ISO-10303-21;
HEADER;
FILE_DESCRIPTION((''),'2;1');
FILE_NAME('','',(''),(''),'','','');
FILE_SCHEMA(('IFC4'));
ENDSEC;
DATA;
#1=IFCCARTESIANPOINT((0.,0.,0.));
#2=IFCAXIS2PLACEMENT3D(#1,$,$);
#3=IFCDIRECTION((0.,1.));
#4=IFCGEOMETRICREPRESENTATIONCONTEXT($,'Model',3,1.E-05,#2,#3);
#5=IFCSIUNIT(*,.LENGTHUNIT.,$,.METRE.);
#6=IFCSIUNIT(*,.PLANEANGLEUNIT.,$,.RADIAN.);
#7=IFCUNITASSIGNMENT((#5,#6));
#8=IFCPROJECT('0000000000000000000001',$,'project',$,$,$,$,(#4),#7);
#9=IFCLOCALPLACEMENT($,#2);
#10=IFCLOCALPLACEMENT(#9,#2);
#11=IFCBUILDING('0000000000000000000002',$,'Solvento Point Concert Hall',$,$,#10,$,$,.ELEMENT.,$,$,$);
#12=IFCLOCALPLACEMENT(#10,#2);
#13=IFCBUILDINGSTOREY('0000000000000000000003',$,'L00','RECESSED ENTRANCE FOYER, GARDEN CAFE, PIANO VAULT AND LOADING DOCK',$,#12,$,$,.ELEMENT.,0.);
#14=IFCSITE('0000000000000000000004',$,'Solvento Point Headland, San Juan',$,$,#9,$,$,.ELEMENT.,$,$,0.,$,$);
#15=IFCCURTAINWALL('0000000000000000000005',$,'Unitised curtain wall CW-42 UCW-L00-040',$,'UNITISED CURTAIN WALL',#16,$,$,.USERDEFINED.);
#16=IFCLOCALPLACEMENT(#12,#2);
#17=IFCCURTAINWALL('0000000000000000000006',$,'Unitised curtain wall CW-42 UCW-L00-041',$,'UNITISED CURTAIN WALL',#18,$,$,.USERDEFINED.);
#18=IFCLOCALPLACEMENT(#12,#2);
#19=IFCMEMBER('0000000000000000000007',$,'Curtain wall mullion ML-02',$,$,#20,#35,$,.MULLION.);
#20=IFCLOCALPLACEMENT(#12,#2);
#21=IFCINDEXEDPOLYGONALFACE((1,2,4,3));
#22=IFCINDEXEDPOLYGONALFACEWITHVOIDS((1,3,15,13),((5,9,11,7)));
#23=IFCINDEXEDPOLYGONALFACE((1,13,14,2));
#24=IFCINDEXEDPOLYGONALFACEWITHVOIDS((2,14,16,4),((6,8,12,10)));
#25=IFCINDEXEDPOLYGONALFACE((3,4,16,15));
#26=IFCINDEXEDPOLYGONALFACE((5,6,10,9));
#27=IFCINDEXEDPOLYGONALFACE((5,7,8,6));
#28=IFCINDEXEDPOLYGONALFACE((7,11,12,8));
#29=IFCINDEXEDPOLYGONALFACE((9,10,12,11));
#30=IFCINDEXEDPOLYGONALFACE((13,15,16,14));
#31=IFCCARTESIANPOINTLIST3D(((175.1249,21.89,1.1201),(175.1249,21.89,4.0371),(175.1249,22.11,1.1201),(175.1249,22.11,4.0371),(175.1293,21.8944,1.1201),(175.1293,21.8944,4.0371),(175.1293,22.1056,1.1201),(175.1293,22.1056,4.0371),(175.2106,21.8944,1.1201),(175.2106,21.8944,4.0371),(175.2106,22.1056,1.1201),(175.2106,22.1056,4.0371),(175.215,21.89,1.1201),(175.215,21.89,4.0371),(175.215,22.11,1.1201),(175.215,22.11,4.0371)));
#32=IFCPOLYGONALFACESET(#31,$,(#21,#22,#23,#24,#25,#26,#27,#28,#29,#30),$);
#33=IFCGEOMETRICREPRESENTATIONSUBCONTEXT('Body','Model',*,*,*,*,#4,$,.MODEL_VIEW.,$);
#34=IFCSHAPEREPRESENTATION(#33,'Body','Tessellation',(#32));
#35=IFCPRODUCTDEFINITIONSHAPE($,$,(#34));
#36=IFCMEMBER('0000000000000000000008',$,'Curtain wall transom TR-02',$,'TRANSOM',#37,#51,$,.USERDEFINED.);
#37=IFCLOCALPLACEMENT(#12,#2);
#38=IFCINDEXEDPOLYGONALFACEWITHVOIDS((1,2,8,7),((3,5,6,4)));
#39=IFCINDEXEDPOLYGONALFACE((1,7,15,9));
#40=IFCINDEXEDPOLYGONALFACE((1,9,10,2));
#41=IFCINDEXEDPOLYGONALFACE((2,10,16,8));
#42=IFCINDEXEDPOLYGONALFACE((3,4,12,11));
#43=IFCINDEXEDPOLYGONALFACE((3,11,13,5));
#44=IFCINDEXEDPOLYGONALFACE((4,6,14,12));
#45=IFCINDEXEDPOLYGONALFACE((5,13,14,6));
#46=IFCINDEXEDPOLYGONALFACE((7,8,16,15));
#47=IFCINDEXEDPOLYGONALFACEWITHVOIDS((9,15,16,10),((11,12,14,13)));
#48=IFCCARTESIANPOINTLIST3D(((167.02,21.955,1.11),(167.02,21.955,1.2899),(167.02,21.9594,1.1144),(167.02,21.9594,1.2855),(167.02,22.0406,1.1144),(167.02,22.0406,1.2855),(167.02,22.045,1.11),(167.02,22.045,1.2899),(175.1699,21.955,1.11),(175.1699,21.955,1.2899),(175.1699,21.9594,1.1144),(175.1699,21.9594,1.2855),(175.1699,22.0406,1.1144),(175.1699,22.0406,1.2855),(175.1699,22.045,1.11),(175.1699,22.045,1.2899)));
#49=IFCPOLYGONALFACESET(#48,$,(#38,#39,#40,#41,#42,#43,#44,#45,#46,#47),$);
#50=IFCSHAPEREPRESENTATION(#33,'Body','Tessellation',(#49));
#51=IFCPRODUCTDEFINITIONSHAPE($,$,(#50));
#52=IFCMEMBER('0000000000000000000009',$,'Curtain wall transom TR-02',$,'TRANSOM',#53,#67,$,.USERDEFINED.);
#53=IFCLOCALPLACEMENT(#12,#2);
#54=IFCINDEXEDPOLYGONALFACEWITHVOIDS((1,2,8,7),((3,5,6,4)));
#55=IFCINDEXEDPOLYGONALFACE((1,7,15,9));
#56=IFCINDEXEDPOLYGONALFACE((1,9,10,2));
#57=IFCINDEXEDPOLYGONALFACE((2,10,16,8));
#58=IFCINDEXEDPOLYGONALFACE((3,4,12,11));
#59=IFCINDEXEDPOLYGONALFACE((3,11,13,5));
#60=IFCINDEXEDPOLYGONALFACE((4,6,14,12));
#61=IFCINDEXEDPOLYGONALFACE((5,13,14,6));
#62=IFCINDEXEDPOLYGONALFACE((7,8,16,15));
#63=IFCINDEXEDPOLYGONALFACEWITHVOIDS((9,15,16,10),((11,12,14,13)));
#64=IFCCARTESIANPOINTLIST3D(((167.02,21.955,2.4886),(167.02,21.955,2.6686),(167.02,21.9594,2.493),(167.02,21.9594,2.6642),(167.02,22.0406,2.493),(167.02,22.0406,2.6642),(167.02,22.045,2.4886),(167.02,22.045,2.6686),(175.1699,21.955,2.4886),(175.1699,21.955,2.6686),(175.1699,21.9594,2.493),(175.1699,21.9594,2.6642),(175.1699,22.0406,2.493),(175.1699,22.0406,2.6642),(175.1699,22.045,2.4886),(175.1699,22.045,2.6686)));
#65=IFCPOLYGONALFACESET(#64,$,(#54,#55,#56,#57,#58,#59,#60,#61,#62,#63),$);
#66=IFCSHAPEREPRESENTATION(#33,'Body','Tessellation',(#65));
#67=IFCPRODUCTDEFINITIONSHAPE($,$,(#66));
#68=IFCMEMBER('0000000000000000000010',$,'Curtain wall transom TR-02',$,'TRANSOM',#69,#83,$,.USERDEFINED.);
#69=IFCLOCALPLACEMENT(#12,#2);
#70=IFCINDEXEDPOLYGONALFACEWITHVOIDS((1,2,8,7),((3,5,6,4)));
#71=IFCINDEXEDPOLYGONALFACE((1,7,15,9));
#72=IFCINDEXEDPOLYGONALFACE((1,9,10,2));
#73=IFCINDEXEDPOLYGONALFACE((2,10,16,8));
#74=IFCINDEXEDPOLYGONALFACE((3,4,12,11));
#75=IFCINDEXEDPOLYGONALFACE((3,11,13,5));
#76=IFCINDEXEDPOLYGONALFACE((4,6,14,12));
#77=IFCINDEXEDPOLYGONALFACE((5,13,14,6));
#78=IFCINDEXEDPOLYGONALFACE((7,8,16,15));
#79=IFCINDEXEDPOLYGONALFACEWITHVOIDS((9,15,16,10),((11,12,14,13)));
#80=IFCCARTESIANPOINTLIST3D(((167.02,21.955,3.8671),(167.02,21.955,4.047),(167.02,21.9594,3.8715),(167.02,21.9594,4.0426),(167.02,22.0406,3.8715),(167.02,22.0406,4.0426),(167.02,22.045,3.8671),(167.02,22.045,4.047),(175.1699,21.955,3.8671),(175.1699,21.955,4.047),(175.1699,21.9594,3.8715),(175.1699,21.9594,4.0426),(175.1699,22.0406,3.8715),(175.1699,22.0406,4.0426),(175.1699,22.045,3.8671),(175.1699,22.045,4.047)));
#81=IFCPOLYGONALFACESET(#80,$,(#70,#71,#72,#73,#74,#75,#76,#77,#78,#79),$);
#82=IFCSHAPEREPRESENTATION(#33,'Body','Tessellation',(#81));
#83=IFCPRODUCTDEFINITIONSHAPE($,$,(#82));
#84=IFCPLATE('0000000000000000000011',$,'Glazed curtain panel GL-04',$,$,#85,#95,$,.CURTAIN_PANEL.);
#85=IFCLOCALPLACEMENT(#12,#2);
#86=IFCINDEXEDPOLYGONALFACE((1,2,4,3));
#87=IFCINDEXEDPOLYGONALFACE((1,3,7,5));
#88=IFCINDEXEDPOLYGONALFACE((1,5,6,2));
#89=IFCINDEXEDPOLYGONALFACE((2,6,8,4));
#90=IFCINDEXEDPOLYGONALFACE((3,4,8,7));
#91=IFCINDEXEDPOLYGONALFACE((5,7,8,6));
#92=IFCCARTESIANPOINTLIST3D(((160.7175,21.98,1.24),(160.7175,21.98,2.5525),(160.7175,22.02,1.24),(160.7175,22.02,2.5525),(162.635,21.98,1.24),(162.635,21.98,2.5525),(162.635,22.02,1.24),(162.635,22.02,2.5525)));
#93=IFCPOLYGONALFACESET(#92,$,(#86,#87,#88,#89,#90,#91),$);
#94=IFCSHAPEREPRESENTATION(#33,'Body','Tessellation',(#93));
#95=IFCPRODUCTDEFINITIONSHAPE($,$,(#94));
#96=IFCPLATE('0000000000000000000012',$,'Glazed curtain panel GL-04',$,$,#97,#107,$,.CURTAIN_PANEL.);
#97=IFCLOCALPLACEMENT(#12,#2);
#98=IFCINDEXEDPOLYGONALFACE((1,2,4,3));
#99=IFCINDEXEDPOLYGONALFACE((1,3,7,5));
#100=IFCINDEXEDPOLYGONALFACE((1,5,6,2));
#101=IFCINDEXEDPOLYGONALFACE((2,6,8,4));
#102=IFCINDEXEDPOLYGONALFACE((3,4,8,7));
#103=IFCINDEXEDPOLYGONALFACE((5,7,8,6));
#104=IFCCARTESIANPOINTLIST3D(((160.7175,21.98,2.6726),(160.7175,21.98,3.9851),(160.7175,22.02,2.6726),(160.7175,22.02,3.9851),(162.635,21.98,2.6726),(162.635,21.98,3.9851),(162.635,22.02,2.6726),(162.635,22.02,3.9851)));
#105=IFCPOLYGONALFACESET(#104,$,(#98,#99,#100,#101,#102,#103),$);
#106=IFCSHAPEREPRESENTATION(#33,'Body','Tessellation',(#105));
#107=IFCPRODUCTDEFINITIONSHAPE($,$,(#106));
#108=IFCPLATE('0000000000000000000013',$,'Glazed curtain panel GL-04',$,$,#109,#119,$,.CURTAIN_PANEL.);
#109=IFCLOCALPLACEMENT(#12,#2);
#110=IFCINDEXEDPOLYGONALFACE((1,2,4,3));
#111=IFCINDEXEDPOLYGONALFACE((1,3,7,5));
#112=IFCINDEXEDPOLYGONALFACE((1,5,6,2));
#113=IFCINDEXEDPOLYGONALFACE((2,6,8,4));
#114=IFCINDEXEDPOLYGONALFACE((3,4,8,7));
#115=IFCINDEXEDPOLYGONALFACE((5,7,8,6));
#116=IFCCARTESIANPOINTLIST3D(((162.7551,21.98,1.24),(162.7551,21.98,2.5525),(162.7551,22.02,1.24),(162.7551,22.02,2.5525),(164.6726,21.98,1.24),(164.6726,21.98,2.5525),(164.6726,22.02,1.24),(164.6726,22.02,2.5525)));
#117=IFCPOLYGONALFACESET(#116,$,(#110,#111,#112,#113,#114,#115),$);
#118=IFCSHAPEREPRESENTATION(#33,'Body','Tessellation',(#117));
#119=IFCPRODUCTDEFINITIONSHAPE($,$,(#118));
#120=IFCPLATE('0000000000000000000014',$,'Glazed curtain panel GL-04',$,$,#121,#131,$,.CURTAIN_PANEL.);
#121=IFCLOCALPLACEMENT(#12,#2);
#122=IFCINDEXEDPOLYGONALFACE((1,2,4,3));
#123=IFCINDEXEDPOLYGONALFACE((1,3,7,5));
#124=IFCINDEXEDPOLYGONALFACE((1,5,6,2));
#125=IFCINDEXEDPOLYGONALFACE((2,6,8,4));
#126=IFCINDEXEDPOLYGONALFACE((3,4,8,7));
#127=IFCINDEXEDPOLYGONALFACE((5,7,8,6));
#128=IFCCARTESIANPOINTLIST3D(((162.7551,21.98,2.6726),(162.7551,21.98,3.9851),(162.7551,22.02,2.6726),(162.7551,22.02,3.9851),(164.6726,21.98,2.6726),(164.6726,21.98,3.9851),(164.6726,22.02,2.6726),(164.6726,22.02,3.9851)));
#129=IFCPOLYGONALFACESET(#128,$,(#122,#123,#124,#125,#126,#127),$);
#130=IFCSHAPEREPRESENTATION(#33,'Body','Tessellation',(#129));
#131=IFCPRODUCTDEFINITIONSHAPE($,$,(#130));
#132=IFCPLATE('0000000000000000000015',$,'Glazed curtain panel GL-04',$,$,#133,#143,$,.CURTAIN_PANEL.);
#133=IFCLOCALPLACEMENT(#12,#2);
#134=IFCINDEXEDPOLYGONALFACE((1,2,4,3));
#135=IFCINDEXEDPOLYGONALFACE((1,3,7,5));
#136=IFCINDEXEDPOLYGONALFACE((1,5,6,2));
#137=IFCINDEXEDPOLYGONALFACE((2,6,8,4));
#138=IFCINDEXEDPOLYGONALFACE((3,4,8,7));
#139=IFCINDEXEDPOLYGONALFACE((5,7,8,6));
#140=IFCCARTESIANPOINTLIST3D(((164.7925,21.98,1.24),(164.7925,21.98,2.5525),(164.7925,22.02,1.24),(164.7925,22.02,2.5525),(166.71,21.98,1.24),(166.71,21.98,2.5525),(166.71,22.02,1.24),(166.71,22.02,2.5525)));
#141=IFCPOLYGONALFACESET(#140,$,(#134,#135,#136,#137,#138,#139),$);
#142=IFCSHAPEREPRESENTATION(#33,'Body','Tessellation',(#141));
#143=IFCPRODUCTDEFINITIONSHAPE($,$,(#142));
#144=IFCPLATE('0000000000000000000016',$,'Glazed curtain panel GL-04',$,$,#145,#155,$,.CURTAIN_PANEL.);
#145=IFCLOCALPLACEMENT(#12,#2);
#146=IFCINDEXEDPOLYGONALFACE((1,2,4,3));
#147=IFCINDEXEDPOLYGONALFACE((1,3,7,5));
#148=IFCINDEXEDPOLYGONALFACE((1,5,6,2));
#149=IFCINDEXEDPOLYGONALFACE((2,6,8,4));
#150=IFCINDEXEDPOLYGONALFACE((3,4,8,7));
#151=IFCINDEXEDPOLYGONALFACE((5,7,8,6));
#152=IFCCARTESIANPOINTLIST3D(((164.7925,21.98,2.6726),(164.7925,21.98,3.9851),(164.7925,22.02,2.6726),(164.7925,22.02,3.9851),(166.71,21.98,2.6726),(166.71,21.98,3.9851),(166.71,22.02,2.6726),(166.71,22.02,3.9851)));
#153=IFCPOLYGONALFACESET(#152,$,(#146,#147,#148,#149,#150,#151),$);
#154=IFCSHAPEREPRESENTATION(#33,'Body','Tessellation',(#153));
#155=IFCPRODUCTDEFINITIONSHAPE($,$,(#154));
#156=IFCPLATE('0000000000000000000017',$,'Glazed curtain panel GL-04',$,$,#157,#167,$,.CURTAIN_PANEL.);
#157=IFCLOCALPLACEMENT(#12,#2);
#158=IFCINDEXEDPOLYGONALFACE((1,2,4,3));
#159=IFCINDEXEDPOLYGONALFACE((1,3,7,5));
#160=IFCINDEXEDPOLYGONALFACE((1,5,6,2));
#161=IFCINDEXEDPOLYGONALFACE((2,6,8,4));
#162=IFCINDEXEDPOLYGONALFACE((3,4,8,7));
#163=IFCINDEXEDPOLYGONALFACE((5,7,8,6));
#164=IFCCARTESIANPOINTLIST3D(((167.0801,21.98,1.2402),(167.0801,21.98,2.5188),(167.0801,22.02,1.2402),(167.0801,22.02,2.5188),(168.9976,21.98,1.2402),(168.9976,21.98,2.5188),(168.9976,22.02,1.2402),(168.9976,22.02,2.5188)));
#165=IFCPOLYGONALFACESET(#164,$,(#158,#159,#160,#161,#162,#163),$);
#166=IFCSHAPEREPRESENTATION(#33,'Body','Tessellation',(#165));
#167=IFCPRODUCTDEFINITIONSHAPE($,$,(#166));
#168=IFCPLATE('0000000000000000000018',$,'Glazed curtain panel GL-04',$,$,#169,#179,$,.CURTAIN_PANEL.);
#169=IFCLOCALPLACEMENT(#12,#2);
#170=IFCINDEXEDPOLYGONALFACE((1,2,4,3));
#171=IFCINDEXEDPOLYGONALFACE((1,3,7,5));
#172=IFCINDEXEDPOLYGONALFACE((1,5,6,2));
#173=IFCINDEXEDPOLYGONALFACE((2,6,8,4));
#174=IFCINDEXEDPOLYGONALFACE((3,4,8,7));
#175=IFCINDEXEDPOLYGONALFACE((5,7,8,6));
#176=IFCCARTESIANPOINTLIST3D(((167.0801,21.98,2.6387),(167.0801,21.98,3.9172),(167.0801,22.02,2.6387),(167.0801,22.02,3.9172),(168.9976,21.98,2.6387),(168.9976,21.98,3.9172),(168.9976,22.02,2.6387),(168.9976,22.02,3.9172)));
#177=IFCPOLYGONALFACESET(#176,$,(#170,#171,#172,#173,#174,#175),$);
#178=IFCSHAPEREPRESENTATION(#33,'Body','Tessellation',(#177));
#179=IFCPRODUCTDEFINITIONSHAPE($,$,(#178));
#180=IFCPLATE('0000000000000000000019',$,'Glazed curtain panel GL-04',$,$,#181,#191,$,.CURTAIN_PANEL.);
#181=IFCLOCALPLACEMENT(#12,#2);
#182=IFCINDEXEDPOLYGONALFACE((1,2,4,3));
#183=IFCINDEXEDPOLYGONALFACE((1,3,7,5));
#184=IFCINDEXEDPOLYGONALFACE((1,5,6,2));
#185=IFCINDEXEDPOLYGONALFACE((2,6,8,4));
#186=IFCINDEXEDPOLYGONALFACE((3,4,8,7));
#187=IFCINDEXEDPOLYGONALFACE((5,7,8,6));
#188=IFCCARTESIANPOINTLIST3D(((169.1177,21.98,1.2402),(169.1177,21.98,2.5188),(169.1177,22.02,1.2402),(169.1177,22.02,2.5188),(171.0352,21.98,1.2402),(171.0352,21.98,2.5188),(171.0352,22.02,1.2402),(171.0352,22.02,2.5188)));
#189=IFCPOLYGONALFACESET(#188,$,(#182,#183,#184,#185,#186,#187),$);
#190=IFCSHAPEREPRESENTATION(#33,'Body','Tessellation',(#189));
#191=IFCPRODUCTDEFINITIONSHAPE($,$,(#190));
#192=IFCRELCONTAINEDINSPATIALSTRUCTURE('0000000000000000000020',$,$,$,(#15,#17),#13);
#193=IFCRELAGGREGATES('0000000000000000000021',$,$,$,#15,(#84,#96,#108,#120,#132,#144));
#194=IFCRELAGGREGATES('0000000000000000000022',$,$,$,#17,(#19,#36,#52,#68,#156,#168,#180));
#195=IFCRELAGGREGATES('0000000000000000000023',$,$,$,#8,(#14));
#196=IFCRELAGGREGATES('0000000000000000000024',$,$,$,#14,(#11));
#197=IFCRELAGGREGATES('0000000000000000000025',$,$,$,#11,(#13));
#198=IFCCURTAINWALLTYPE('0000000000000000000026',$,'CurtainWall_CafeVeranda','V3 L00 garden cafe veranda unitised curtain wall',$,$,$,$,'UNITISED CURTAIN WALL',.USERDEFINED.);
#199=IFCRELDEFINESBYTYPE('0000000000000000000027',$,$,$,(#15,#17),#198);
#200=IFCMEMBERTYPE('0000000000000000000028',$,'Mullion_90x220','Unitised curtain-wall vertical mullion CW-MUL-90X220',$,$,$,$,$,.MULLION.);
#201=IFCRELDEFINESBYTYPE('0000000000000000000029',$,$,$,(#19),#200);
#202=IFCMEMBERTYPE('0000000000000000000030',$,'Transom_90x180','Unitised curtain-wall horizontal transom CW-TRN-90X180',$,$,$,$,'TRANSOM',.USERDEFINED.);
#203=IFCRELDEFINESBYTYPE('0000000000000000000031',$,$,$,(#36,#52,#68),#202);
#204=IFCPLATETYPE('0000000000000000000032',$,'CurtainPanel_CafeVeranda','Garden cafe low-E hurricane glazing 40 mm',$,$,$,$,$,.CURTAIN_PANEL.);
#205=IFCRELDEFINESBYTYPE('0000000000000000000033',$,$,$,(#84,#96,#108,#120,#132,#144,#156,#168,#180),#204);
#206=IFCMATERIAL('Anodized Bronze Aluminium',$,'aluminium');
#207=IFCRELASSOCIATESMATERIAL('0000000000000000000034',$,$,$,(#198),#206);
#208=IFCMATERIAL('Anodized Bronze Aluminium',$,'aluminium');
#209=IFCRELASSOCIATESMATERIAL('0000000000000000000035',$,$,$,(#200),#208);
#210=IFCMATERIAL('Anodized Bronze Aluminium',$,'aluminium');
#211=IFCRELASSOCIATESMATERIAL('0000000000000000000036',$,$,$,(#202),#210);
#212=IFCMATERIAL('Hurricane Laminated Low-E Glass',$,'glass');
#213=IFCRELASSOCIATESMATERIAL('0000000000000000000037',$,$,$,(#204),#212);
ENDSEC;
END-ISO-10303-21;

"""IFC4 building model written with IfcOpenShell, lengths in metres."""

from ifc_helpers import new_model, si_unit, direction, frame, origin, origin_2d, place, context, subcontext, project, spatial, rectangle, hollow_rectangle, extrude, material, material_profile, profile_set, type_object, element, aggregate, save


model = new_model("IFC4")

# Units and contexts
model_context = context("Model", 3, precision=1e-05, world=origin(), true_north=direction((0.0, 1.0)))
body_context = subcontext(model_context, "Body", "Model", "MODEL_VIEW")
ifc_project = project(units=[si_unit("LENGTHUNIT", "METRE"), si_unit("PLANEANGLEUNIT", "RADIAN")], contexts=[model_context])

# Site, building, storey
site_placement = place(None, origin())
site = spatial("IfcSite", under=ifc_project, at=site_placement, Name="Solvento Point Headland, San Juan", CompositionType="ELEMENT", RefElevation=0.0)
building_placement = place(site_placement, origin())
building = spatial("IfcBuilding", under=site, at=building_placement, Name="Solvento Point Concert Hall", CompositionType="ELEMENT")
storey_placement = place(building_placement, origin())
storey = spatial("IfcBuildingStorey", under=building, at=storey_placement, Name="L00", Description="RECESSED ENTRANCE FOYER, GARDEN CAFE, PIANO VAULT AND LOADING DOCK", CompositionType="ELEMENT", Elevation=0.0)

# Curtain walls, members
ifc_material_1 = material(Name="Anodized Bronze Aluminium", Category="aluminium")
curtain_wall_type = type_object("IfcCurtainWallType", Name="CurtainWall_CafeVeranda", Description="V3 L00 garden cafe veranda unitised curtain wall", ElementType="UNITISED CURTAIN WALL", PredefinedType="USERDEFINED", material=ifc_material_1)
curtain_wall_1_placement = place(storey_placement, origin())
curtain_wall_1 = element("IfcCurtainWall", 1, at=curtain_wall_1_placement, inside=storey, type_object=curtain_wall_type, Name="Unitised curtain wall CW-42 UCW-L00-040", ObjectType="UNITISED CURTAIN WALL", PredefinedType="USERDEFINED")
ifc_material_2 = material(Name="Anodized Bronze Aluminium", Category="aluminium")
ifc_material_profile_1 = material_profile(ifc_material_2, hollow_rectangle(XDim=0.0901, YDim=0.22, WallThickness=0.0044, at=origin_2d()), Name="CW-MUL-90X220")
ifc_profile_set_1 = profile_set([ifc_material_profile_1], Name="Anodized Bronze Aluminium")
member_type_1 = type_object("IfcMemberType", Name="Mullion_90x220", Description="Unitised curtain-wall vertical mullion CW-MUL-90X220", PredefinedType="MULLION", material=ifc_profile_set_1)
curtain_wall_2_placement = place(storey_placement, origin())
curtain_wall_2 = element("IfcCurtainWall", 2, at=curtain_wall_2_placement, inside=storey, type_object=curtain_wall_type, Name="Unitised curtain wall CW-42 UCW-L00-041", ObjectType="UNITISED CURTAIN WALL", PredefinedType="USERDEFINED")
member_1_placement = place(storey_placement, frame((175.1699, 22.0, 1.1201), z_axis=(0.0, 0.0, 1.0), x_axis=(1.0, 0.0, 0.0)))
member_1 = element("IfcMember", 3, at=member_1_placement, type_object=member_type_1, Name="Curtain wall mullion ML-02", PredefinedType="MULLION", context=body_context, shape_type="SweptSolid", body=[
    extrude(hollow_rectangle(XDim=0.0901, YDim=0.22, WallThickness=0.0044, at=origin_2d()), origin(), (0.0, 0.0, 1.0), 2.917),
])
ifc_material_3 = material(Name="Anodized Bronze Aluminium", Category="aluminium")
ifc_material_profile_2 = material_profile(ifc_material_3, hollow_rectangle(XDim=0.0901, YDim=0.1799, WallThickness=0.0044, at=origin_2d()), Name="CW-TRN-90X180")
ifc_profile_set_2 = profile_set([ifc_material_profile_2], Name="Anodized Bronze Aluminium")
member_type_2 = type_object("IfcMemberType", Name="Transom_90x180", Description="Unitised curtain-wall horizontal transom CW-TRN-90X180", ElementType="TRANSOM", PredefinedType="USERDEFINED", material=ifc_profile_set_2)
member_2_placement = place(storey_placement, frame((167.02, 22.0, 1.2), z_axis=(1.0, 0.0, 0.0), x_axis=(0.0, 1.0, 0.0)))
member_2 = element("IfcMember", 4, at=member_2_placement, type_object=member_type_2, Name="Curtain wall transom TR-02", ObjectType="TRANSOM", PredefinedType="USERDEFINED", context=body_context, shape_type="SweptSolid", body=[
    extrude(hollow_rectangle(XDim=0.0901, YDim=0.1799, WallThickness=0.0044, at=origin_2d()), origin(), (0.0, 0.0, 1.0), 8.1499),
])
member_3_placement = place(storey_placement, frame((167.02, 22.0, 2.5786), z_axis=(1.0, 0.0, 0.0), x_axis=(0.0, 1.0, 0.0)))
member_3 = element("IfcMember", 5, at=member_3_placement, type_object=member_type_2, Name="Curtain wall transom TR-02", ObjectType="TRANSOM", PredefinedType="USERDEFINED", context=body_context, shape_type="SweptSolid", body=[
    extrude(hollow_rectangle(XDim=0.0901, YDim=0.1799, WallThickness=0.0044, at=origin_2d()), origin(), (0.0, 0.0, 1.0), 8.1499),
])
member_4_placement = place(storey_placement, frame((167.02, 22.0, 3.957), z_axis=(1.0, 0.0, 0.0), x_axis=(0.0, 1.0, 0.0)))
member_4 = element("IfcMember", 6, at=member_4_placement, type_object=member_type_2, Name="Curtain wall transom TR-02", ObjectType="TRANSOM", PredefinedType="USERDEFINED", context=body_context, shape_type="SweptSolid", body=[
    extrude(hollow_rectangle(XDim=0.0901, YDim=0.1799, WallThickness=0.0044, at=origin_2d()), origin(), (0.0, 0.0, 1.0), 8.1499),
])

# Plates
ifc_material_4 = material(Name="Hurricane Laminated Low-E Glass", Category="glass")
plate_type = type_object("IfcPlateType", Name="CurtainPanel_CafeVeranda", Description="Garden cafe low-E hurricane glazing 40 mm", PredefinedType="CURTAIN_PANEL", material=ifc_material_4)
plate_1_placement = place(storey_placement, frame((161.6763, 22.0, 1.24), z_axis=(0.0, 0.0, 1.0), x_axis=(1.0, 0.0, 0.0)))
plate_1 = element("IfcPlate", 7, at=plate_1_placement, type_object=plate_type, Name="Glazed curtain panel GL-04", PredefinedType="CURTAIN_PANEL", context=body_context, shape_type="SweptSolid", body=[
    extrude(rectangle(XDim=1.9175, YDim=0.04, at=origin_2d()), origin(), (0.0, 0.0, 1.0), 1.3125),
])
plate_2_placement = place(storey_placement, frame((161.6763, 22.0, 2.6726), z_axis=(0.0, 0.0, 1.0), x_axis=(1.0, 0.0, 0.0)))
plate_2 = element("IfcPlate", 8, at=plate_2_placement, type_object=plate_type, Name="Glazed curtain panel GL-04", PredefinedType="CURTAIN_PANEL", context=body_context, shape_type="SweptSolid", body=[
    extrude(rectangle(XDim=1.9175, YDim=0.04, at=origin_2d()), origin(), (0.0, 0.0, 1.0), 1.3125),
])
plate_3_placement = place(storey_placement, frame((163.7139, 22.0, 1.24), z_axis=(0.0, 0.0, 1.0), x_axis=(1.0, 0.0, 0.0)))
plate_3 = element("IfcPlate", 9, at=plate_3_placement, type_object=plate_type, Name="Glazed curtain panel GL-04", PredefinedType="CURTAIN_PANEL", context=body_context, shape_type="SweptSolid", body=[
    extrude(rectangle(XDim=1.9175, YDim=0.04, at=origin_2d()), origin(), (0.0, 0.0, 1.0), 1.3125),
])
plate_4_placement = place(storey_placement, frame((163.7139, 22.0, 2.6726), z_axis=(0.0, 0.0, 1.0), x_axis=(1.0, 0.0, 0.0)))
plate_4 = element("IfcPlate", 10, at=plate_4_placement, type_object=plate_type, Name="Glazed curtain panel GL-04", PredefinedType="CURTAIN_PANEL", context=body_context, shape_type="SweptSolid", body=[
    extrude(rectangle(XDim=1.9175, YDim=0.04, at=origin_2d()), origin(), (0.0, 0.0, 1.0), 1.3125),
])
plate_5_placement = place(storey_placement, frame((165.7512, 22.0, 1.24), z_axis=(0.0, 0.0, 1.0), x_axis=(1.0, 0.0, 0.0)))
plate_5 = element("IfcPlate", 11, at=plate_5_placement, type_object=plate_type, Name="Glazed curtain panel GL-04", PredefinedType="CURTAIN_PANEL", context=body_context, shape_type="SweptSolid", body=[
    extrude(rectangle(XDim=1.9175, YDim=0.04, at=origin_2d()), origin(), (0.0, 0.0, 1.0), 1.3125),
])
plate_6_placement = place(storey_placement, frame((165.7512, 22.0, 2.6726), z_axis=(0.0, 0.0, 1.0), x_axis=(1.0, 0.0, 0.0)))
plate_6 = element("IfcPlate", 12, at=plate_6_placement, type_object=plate_type, Name="Glazed curtain panel GL-04", PredefinedType="CURTAIN_PANEL", context=body_context, shape_type="SweptSolid", body=[
    extrude(rectangle(XDim=1.9175, YDim=0.04, at=origin_2d()), origin(), (0.0, 0.0, 1.0), 1.3125),
])
aggregate(curtain_wall_1, [plate_1, plate_2, plate_3, plate_4, plate_5, plate_6])
plate_7_placement = place(storey_placement, frame((168.0388, 22.0, 1.2402), z_axis=(0.0, 0.0, 1.0), x_axis=(1.0, 0.0, 0.0)))
plate_7 = element("IfcPlate", 13, at=plate_7_placement, type_object=plate_type, Name="Glazed curtain panel GL-04", PredefinedType="CURTAIN_PANEL", context=body_context, shape_type="SweptSolid", body=[
    extrude(rectangle(XDim=1.9175, YDim=0.04, at=origin_2d()), origin(), (0.0, 0.0, 1.0), 1.2786),
])
plate_8_placement = place(storey_placement, frame((168.0388, 22.0, 2.6387), z_axis=(0.0, 0.0, 1.0), x_axis=(1.0, 0.0, 0.0)))
plate_8 = element("IfcPlate", 14, at=plate_8_placement, type_object=plate_type, Name="Glazed curtain panel GL-04", PredefinedType="CURTAIN_PANEL", context=body_context, shape_type="SweptSolid", body=[
    extrude(rectangle(XDim=1.9175, YDim=0.04, at=origin_2d()), origin(), (0.0, 0.0, 1.0), 1.2786),
])
plate_9_placement = place(storey_placement, frame((170.0764, 22.0, 1.2402), z_axis=(0.0, 0.0, 1.0), x_axis=(1.0, 0.0, 0.0)))
plate_9 = element("IfcPlate", 15, at=plate_9_placement, type_object=plate_type, Name="Glazed curtain panel GL-04", PredefinedType="CURTAIN_PANEL", context=body_context, shape_type="SweptSolid", body=[
    extrude(rectangle(XDim=1.9175, YDim=0.04, at=origin_2d()), origin(), (0.0, 0.0, 1.0), 1.2786),
])
aggregate(curtain_wall_2, [member_1, member_2, member_3, member_4, plate_7, plate_8, plate_9])

save(model, "model.ifc")
